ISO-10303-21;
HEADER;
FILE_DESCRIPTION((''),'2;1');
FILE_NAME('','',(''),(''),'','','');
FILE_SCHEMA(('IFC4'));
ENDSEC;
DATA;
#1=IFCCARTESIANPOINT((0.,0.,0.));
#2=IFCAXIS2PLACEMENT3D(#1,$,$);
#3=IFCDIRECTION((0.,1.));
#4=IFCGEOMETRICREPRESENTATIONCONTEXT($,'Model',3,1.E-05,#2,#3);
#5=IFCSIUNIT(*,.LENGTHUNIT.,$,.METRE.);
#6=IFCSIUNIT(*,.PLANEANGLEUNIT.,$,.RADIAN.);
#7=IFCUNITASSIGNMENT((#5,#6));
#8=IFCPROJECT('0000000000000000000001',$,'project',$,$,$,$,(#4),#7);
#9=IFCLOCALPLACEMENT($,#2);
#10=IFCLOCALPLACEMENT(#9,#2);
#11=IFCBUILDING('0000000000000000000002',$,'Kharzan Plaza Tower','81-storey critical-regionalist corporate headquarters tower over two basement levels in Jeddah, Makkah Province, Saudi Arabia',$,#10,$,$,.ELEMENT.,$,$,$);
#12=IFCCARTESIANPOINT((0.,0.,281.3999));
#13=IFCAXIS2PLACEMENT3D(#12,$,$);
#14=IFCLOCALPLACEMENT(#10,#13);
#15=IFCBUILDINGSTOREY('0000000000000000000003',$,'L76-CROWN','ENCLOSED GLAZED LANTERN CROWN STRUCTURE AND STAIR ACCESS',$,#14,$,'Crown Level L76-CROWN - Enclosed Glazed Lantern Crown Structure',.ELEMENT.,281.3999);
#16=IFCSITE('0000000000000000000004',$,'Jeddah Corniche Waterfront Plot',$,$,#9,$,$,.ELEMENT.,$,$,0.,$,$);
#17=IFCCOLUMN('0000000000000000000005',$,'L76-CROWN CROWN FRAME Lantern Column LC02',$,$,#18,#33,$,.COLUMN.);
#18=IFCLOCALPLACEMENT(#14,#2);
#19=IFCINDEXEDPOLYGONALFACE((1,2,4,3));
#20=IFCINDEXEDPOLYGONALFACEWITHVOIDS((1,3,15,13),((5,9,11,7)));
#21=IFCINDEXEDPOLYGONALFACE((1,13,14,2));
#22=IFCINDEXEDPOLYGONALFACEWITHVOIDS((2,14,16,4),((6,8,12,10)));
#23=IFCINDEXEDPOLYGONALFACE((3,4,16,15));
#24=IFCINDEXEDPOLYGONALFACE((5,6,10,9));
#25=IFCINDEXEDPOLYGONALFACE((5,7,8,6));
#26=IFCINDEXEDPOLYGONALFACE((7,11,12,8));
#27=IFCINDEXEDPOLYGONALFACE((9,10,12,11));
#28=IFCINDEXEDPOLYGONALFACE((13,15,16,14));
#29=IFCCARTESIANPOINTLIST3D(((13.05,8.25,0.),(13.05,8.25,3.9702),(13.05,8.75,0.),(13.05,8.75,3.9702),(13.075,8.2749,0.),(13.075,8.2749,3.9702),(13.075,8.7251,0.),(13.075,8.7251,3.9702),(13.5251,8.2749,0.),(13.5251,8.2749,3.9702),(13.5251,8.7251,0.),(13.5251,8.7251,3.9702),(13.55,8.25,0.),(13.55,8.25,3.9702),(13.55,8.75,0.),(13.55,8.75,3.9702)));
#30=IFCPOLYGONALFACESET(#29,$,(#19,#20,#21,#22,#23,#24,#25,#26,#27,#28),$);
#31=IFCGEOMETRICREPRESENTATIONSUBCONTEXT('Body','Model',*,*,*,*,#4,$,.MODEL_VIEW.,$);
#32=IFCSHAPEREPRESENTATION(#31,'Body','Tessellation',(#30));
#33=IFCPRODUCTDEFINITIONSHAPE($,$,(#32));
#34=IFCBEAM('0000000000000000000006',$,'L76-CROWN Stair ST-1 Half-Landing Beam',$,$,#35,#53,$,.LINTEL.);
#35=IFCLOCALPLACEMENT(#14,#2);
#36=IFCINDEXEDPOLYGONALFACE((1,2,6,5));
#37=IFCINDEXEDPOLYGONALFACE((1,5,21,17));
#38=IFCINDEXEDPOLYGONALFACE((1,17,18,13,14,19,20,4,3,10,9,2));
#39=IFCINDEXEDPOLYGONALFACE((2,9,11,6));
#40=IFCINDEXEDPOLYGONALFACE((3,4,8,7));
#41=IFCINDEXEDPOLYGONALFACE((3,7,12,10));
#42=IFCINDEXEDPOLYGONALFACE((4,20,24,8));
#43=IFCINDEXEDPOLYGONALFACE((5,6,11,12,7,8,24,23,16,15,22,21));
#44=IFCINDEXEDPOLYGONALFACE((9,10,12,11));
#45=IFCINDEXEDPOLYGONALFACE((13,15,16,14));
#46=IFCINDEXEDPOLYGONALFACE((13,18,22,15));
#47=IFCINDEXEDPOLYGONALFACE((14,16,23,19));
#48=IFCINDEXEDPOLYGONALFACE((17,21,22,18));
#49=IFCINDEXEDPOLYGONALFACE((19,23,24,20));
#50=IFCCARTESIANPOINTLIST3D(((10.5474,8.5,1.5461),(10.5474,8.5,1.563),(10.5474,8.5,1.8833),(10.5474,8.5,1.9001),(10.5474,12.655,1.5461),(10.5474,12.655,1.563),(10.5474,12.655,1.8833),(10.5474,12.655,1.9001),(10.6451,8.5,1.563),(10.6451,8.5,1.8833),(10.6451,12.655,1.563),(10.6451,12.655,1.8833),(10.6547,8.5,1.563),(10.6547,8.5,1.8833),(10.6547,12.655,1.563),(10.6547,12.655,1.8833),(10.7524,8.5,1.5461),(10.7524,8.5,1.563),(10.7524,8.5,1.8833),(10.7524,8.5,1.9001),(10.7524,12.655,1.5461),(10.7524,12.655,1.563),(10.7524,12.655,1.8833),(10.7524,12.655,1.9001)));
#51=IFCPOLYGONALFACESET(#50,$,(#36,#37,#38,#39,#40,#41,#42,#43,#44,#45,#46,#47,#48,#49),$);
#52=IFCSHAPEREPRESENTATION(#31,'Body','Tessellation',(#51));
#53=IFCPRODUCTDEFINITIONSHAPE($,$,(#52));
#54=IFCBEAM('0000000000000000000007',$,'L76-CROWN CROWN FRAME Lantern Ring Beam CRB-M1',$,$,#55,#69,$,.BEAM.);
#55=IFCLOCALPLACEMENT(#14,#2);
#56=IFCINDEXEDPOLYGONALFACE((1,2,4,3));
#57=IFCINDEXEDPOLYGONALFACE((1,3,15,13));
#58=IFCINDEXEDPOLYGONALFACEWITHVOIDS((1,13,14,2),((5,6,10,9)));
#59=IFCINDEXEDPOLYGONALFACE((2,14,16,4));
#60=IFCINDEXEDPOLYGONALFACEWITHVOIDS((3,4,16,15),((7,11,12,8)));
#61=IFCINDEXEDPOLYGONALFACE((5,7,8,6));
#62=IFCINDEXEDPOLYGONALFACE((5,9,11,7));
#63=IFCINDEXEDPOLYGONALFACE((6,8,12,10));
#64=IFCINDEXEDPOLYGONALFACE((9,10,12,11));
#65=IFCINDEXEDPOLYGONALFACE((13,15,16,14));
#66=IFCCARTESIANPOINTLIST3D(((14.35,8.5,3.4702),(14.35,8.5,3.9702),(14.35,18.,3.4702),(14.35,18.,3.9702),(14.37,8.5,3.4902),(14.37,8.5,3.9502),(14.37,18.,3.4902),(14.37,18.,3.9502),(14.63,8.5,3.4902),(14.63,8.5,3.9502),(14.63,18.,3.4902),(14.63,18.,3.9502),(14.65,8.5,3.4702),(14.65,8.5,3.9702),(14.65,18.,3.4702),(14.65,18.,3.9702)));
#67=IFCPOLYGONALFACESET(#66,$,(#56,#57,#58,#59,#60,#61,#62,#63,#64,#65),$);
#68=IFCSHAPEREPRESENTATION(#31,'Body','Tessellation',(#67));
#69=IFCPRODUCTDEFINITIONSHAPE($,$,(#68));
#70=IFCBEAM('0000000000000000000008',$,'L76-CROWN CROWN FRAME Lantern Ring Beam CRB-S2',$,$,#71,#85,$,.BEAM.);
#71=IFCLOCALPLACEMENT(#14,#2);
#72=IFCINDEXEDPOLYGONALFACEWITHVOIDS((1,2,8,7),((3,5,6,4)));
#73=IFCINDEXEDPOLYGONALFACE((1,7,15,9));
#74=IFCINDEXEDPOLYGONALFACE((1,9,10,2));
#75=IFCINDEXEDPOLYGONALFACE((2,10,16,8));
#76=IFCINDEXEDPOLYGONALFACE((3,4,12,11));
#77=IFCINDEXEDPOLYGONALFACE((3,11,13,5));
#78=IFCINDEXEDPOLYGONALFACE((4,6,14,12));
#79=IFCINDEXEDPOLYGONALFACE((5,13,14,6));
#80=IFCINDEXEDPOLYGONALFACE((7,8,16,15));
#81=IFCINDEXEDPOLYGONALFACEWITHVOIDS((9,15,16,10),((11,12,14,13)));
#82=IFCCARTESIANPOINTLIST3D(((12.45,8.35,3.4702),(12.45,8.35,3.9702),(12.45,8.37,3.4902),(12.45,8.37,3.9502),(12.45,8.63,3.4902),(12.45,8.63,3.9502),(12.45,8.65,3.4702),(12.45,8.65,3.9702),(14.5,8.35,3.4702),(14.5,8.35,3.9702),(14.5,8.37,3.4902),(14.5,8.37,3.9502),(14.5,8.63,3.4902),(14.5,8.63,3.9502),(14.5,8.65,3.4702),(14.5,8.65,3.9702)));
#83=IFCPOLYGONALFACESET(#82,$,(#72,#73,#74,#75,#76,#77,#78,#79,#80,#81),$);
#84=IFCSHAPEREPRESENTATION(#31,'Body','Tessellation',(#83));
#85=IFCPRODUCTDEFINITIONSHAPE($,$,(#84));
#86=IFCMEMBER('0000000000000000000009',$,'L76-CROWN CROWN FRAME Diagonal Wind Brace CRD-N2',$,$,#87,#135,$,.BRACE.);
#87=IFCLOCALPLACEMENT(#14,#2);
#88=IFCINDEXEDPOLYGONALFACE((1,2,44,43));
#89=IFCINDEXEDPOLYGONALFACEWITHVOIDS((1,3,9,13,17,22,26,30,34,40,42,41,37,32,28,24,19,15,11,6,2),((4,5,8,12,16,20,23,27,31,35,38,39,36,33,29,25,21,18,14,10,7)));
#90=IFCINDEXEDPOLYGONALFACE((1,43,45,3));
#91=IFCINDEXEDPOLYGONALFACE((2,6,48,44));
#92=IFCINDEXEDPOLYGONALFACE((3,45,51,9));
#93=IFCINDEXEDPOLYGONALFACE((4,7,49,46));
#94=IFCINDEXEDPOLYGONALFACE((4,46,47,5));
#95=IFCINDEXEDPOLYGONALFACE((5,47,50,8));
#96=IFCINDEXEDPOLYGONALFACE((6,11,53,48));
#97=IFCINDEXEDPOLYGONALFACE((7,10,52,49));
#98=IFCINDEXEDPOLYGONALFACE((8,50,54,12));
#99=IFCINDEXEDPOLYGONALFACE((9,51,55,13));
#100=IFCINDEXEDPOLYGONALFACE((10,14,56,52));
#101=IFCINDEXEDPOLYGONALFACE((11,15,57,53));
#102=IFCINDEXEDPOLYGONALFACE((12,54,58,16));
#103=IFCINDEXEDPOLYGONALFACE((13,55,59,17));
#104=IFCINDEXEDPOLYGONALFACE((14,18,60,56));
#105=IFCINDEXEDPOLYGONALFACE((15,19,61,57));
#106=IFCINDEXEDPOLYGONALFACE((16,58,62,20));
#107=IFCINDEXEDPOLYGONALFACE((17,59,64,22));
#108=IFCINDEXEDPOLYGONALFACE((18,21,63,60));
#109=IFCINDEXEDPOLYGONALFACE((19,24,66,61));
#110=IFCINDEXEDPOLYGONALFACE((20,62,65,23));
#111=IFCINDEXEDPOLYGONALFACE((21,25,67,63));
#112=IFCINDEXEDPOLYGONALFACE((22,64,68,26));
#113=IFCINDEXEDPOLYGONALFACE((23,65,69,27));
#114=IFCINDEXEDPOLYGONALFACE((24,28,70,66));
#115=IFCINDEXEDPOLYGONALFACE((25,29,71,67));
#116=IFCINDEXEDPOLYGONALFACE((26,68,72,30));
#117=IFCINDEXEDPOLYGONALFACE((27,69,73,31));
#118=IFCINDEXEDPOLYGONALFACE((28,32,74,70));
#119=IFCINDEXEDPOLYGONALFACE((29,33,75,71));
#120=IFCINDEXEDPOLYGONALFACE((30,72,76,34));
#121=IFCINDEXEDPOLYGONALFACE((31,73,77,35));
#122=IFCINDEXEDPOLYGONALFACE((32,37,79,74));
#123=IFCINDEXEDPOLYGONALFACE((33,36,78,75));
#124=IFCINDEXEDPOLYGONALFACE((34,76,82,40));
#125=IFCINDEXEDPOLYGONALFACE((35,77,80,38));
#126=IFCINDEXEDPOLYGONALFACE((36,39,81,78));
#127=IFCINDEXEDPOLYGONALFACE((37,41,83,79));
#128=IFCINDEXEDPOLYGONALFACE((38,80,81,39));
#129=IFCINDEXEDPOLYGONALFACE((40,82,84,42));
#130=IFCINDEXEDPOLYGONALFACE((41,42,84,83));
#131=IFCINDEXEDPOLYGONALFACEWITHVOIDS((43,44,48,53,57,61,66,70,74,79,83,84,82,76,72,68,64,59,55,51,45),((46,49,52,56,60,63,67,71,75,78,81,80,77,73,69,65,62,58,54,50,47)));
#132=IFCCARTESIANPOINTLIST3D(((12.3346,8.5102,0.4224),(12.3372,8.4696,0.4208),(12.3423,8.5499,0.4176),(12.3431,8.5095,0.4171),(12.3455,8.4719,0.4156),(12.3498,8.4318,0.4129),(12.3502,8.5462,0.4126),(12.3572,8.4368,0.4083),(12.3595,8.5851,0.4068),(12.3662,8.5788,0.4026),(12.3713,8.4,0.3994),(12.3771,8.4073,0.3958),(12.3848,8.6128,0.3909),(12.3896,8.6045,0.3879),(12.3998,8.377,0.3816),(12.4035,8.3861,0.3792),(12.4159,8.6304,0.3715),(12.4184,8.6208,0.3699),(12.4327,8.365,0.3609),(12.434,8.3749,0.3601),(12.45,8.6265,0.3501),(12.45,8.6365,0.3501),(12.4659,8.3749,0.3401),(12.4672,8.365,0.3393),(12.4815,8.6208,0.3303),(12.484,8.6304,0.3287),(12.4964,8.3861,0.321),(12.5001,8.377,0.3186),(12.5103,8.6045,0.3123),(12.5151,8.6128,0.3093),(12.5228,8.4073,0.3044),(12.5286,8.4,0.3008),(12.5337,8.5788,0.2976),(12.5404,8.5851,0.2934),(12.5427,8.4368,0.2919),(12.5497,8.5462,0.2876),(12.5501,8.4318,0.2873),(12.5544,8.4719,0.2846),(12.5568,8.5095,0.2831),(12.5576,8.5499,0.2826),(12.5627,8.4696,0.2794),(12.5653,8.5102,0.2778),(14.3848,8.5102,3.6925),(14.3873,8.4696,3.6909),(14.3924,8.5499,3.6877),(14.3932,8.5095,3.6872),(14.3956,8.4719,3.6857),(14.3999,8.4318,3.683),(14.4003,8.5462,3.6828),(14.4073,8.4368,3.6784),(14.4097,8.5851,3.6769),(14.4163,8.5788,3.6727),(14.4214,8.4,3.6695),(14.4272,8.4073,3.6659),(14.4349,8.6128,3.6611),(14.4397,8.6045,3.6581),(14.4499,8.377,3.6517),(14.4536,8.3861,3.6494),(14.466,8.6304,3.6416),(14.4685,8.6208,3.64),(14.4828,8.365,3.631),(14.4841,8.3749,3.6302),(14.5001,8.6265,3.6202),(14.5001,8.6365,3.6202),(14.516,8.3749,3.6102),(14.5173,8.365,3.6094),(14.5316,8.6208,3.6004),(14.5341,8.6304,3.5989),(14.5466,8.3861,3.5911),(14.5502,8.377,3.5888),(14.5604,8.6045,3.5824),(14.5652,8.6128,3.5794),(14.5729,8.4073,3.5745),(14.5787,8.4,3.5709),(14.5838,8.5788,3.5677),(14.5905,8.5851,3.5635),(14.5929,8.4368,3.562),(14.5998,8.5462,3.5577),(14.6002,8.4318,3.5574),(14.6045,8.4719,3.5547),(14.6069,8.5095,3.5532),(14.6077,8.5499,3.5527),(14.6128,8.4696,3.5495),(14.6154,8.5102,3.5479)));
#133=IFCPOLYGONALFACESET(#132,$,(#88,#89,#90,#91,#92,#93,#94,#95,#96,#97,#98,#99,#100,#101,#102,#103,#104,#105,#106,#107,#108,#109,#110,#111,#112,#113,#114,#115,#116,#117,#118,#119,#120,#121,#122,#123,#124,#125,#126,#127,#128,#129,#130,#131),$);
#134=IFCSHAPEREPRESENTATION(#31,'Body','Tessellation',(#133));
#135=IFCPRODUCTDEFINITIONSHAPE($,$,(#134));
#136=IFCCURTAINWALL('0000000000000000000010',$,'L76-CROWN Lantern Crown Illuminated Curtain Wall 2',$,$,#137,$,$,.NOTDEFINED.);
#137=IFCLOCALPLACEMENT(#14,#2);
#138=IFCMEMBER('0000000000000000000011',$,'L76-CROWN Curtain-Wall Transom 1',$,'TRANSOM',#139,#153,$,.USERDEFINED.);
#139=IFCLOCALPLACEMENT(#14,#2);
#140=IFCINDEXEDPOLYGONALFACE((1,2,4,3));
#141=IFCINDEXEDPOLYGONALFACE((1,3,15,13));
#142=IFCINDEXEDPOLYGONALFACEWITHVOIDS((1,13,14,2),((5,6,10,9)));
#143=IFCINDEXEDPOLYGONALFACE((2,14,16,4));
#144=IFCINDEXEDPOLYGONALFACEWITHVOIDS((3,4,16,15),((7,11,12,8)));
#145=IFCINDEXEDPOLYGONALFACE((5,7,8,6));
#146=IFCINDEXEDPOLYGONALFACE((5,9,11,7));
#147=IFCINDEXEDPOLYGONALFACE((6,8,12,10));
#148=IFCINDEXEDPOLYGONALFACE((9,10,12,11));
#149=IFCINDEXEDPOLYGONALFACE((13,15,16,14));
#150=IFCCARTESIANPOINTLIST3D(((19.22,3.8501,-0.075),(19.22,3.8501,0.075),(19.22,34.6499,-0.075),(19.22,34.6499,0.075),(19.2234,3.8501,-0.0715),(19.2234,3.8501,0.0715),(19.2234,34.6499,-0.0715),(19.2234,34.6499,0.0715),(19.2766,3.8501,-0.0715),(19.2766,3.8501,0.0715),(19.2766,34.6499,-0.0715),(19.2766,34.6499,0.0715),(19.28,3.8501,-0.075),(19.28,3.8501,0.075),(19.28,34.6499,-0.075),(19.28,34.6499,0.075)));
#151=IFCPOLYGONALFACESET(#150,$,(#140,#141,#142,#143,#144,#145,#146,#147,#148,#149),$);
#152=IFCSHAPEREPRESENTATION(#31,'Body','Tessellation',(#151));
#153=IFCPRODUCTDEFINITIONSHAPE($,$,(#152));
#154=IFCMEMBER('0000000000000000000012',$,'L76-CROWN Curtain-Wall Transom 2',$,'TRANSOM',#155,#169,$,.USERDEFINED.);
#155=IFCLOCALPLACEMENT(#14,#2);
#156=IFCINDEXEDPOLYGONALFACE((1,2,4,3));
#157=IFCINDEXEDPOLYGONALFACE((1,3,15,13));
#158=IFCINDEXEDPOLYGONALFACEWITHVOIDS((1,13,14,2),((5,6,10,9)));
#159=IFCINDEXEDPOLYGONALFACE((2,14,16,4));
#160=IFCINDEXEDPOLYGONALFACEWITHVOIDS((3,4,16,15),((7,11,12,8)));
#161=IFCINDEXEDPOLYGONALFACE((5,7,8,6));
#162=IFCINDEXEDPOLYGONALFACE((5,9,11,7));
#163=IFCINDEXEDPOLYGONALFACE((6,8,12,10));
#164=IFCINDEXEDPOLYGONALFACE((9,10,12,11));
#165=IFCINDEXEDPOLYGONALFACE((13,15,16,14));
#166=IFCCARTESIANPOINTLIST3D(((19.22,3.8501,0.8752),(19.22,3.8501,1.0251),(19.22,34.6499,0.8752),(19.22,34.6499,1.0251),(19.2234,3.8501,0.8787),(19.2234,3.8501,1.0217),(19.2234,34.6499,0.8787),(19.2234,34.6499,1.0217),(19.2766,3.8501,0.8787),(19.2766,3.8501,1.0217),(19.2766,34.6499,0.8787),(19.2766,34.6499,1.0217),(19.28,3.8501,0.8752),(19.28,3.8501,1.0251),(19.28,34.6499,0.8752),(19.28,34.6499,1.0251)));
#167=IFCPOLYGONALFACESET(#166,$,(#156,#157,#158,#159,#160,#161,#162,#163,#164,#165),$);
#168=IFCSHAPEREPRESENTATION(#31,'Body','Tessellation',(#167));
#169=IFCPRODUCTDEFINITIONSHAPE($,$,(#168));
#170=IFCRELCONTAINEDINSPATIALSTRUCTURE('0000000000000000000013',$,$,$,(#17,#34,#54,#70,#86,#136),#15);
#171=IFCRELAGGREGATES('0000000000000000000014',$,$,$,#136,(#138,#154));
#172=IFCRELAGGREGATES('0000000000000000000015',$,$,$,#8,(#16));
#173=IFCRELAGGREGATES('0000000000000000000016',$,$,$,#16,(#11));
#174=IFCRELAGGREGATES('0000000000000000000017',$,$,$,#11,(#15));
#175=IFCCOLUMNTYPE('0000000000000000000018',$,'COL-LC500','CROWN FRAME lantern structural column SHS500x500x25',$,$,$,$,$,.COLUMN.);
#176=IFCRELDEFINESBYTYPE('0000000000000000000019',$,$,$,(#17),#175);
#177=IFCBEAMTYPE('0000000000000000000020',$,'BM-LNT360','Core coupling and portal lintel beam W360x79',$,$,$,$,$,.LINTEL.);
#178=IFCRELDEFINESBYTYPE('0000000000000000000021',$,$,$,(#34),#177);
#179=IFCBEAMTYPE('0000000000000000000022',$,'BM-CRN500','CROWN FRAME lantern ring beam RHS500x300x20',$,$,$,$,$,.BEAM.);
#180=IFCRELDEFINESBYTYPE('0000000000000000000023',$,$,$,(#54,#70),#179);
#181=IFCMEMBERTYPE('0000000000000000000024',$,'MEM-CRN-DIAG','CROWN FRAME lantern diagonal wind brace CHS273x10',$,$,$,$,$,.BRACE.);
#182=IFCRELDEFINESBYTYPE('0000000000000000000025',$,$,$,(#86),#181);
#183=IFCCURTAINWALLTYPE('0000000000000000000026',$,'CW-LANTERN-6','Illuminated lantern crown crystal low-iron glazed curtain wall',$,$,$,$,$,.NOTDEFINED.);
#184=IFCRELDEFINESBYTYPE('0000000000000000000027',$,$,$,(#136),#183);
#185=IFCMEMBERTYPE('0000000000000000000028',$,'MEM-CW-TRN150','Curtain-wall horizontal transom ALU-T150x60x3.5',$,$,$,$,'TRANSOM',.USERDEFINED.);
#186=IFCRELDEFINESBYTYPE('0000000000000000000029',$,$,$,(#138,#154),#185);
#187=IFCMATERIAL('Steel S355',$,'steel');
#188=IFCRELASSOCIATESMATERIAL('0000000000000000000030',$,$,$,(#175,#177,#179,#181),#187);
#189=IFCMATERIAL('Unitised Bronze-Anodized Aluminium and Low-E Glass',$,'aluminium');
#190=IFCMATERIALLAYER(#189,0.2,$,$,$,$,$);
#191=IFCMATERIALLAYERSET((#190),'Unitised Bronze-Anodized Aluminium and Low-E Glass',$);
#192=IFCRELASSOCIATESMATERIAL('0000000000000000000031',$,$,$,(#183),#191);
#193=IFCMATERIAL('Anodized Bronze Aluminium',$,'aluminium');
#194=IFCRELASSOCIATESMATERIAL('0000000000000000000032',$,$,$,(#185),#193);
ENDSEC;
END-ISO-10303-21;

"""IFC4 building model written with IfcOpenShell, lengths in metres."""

from ifc_helpers import new_model, si_unit, direction, frame, origin, origin_2d, place, context, subcontext, project, spatial, hollow_rectangle, hollow_circle, i_section, extrude, source, transform, mapped, material, layer, layer_set, material_profile, profile_set, type_object, element, aggregate, save


model = new_model("IFC4")

# Units and contexts
model_context = context("Model", 3, precision=1e-05, world=origin(), true_north=direction((0.0, 1.0)))
body_context = subcontext(model_context, "Body", "Model", "MODEL_VIEW")
ifc_project = project(units=[si_unit("LENGTHUNIT", "METRE"), si_unit("PLANEANGLEUNIT", "RADIAN")], contexts=[model_context])

# Site, building, storey
site_placement = place(None, origin())
site = spatial("IfcSite", under=ifc_project, at=site_placement, Name="Jeddah Corniche Waterfront Plot", CompositionType="ELEMENT", RefElevation=0.0)
building_placement = place(site_placement, origin())
building = spatial("IfcBuilding", under=site, at=building_placement, Name="Kharzan Plaza Tower", Description="81-storey critical-regionalist corporate headquarters tower over two basement levels in Jeddah, Makkah Province, Saudi Arabia", CompositionType="ELEMENT")
storey_placement = place(building_placement, frame((0.0, 0.0, 281.3999)))
storey = spatial("IfcBuildingStorey", under=building, at=storey_placement, Name="L76-CROWN", Description="ENCLOSED GLAZED LANTERN CROWN STRUCTURE AND STAIR ACCESS", LongName="Crown Level L76-CROWN - Enclosed Glazed Lantern Crown Structure", CompositionType="ELEMENT", Elevation=281.3999)

# Column
ifc_material_1 = material(Name="Steel S355", Category="steel")
ifc_material_profile_1 = material_profile(ifc_material_1, hollow_rectangle(XDim=0.5, YDim=0.5, WallThickness=0.0249, at=origin_2d()), Name="SHS500x500x25")
ifc_profile_set_1 = profile_set([ifc_material_profile_1], Name="Steel S355")
column_type = type_object("IfcColumnType", Name="COL-LC500", Description="CROWN FRAME lantern structural column SHS500x500x25", PredefinedType="COLUMN", material=ifc_profile_set_1)
shared_shape_1 = source(origin(), body_context, "Body", "SweptSolid", [
    extrude(hollow_rectangle(XDim=0.5, YDim=0.5, WallThickness=0.0249, at=origin_2d()), origin(), (0.0, 0.0, 1.0), 3.9702),
])
column_placement = place(storey_placement, frame((13.3, 8.5, 0.0), z_axis=(0.0, 0.0, 1.0), x_axis=(1.0, 0.0, 0.0)))
element("IfcColumn", 1, at=column_placement, inside=storey, type_object=column_type, Name="L76-CROWN CROWN FRAME Lantern Column LC02", PredefinedType="COLUMN", context=body_context, shape_type="MappedRepresentation", body=[
    mapped(shared_shape_1, transform((0.0, 0.0, 0.0), x_axis=(1.0, 0.0, 0.0), y_axis=(0.0, 1.0, 0.0), z_axis=(0.0, 0.0, 1.0))),
])

# Beams
ifc_material_profile_2 = material_profile(ifc_material_1, i_section(OverallWidth=0.2051, OverallDepth=0.354, WebThickness=0.0095, FlangeThickness=0.0168, at=origin_2d()), Name="W360x79")
ifc_profile_set_2 = profile_set([ifc_material_profile_2], Name="Steel S355")
beam_type_1 = type_object("IfcBeamType", Name="BM-LNT360", Description="Core coupling and portal lintel beam W360x79", PredefinedType="LINTEL", material=ifc_profile_set_2)
shared_shape_2 = source(origin(), body_context, "Body", "SweptSolid", [
    extrude(i_section(OverallWidth=0.2051, OverallDepth=0.354, WebThickness=0.0095, FlangeThickness=0.0168, at=origin_2d()), origin(), (0.0, 0.0, 1.0), 4.155),
])
beam_1_placement = place(storey_placement, frame((10.6499, 8.5, 1.7231), z_axis=(0.0, 1.0, 0.0), x_axis=(-1.0, 0.0, 0.0)))
element("IfcBeam", 2, at=beam_1_placement, inside=storey, type_object=beam_type_1, Name="L76-CROWN Stair ST-1 Half-Landing Beam", PredefinedType="LINTEL", context=body_context, shape_type="MappedRepresentation", body=[
    mapped(shared_shape_2, transform((0.0, 0.0, 0.0), x_axis=(1.0, 0.0, 0.0), y_axis=(0.0, 1.0, 0.0), z_axis=(0.0, 0.0, 1.0))),
])
ifc_material_profile_3 = material_profile(ifc_material_1, hollow_rectangle(XDim=0.3, YDim=0.5, WallThickness=0.02, at=origin_2d()), Name="RHS500x300x20")
ifc_profile_set_3 = profile_set([ifc_material_profile_3], Name="Steel S355")
beam_type_2 = type_object("IfcBeamType", Name="BM-CRN500", Description="CROWN FRAME lantern ring beam RHS500x300x20", PredefinedType="BEAM", material=ifc_profile_set_3)
shared_shape_3 = source(origin(), body_context, "Body", "SweptSolid", [
    extrude(hollow_rectangle(XDim=0.3, YDim=0.5, WallThickness=0.02, at=origin_2d()), origin(), (0.0, 0.0, 1.0), 9.5),
])
beam_2_placement = place(storey_placement, frame((14.5, 8.5, 3.7202), z_axis=(0.0, 1.0, 0.0), x_axis=(-1.0, 0.0, 0.0)))
element("IfcBeam", 3, at=beam_2_placement, inside=storey, type_object=beam_type_2, Name="L76-CROWN CROWN FRAME Lantern Ring Beam CRB-M1", PredefinedType="BEAM", context=body_context, shape_type="MappedRepresentation", body=[
    mapped(shared_shape_3, transform((0.0, 0.0, 0.0), x_axis=(1.0, 0.0, 0.0), y_axis=(0.0, 1.0, 0.0), z_axis=(0.0, 0.0, 1.0))),
])
shared_shape_4 = source(origin(), body_context, "Body", "SweptSolid", [
    extrude(hollow_rectangle(XDim=0.3, YDim=0.5, WallThickness=0.02, at=origin_2d()), origin(), (0.0, 0.0, 1.0), 2.05),
])
beam_3_placement = place(storey_placement, frame((12.45, 8.5, 3.7202), z_axis=(1.0, 0.0, 0.0), x_axis=(0.0, 1.0, 0.0)))
element("IfcBeam", 4, at=beam_3_placement, inside=storey, type_object=beam_type_2, Name="L76-CROWN CROWN FRAME Lantern Ring Beam CRB-S2", PredefinedType="BEAM", context=body_context, shape_type="MappedRepresentation", body=[
    mapped(shared_shape_4, transform((0.0, 0.0, 0.0), x_axis=(1.0, 0.0, 0.0), y_axis=(0.0, 1.0, 0.0), z_axis=(0.0, 0.0, 1.0))),
])

# Member
ifc_material_profile_4 = material_profile(ifc_material_1, hollow_circle(Radius=0.1365, WallThickness=0.01, at=origin_2d()), Name="CHS273x10")
ifc_profile_set_4 = profile_set([ifc_material_profile_4], Name="Steel S355")
member_type_1 = type_object("IfcMemberType", Name="MEM-CRN-DIAG", Description="CROWN FRAME lantern diagonal wind brace CHS273x10", PredefinedType="BRACE", material=ifc_profile_set_4)
shared_shape_5 = source(origin(), body_context, "Body", "SweptSolid", [
    extrude(hollow_circle(Radius=0.1365, WallThickness=0.01, at=origin_2d()), origin(), (0.0, 0.0, 1.0), 3.8596),
])
member_1_placement = place(storey_placement, frame((12.45, 8.5, 0.3501), z_axis=(0.53117, 0.0, 0.847265), x_axis=(0.0, 1.0, 0.0)))
element("IfcMember", 5, at=member_1_placement, inside=storey, type_object=member_type_1, Name="L76-CROWN CROWN FRAME Diagonal Wind Brace CRD-N2", PredefinedType="BRACE", context=body_context, shape_type="MappedRepresentation", body=[
    mapped(shared_shape_5, transform((0.0, 0.0, 0.0), x_axis=(1.0, 0.0, 0.0), y_axis=(0.0, 1.0, 0.0), z_axis=(0.0, 0.0, 1.0))),
])

# Curtain wall, members
ifc_material_2 = material(Name="Unitised Bronze-Anodized Aluminium and Low-E Glass", Category="aluminium")
ifc_layer_1 = layer(ifc_material_2, 0.2)
ifc_layer_set_1 = layer_set([ifc_layer_1], Name="Unitised Bronze-Anodized Aluminium and Low-E Glass")
curtain_wall_type = type_object("IfcCurtainWallType", Name="CW-LANTERN-6", Description="Illuminated lantern crown crystal low-iron glazed curtain wall", PredefinedType="NOTDEFINED", material=ifc_layer_set_1)
curtain_wall_1_placement = place(storey_placement, origin())
curtain_wall_1 = element("IfcCurtainWall", 6, at=curtain_wall_1_placement, inside=storey, type_object=curtain_wall_type, Name="L76-CROWN Lantern Crown Illuminated Curtain Wall 2", PredefinedType="NOTDEFINED")
ifc_material_3 = material(Name="Anodized Bronze Aluminium", Category="aluminium")
ifc_material_profile_5 = material_profile(ifc_material_3, hollow_rectangle(XDim=0.0601, YDim=0.1499, WallThickness=0.0034, at=origin_2d()), Name="ALU-T150x60x3.5")
ifc_profile_set_5 = profile_set([ifc_material_profile_5], Name="Anodized Bronze Aluminium")
member_type_2 = type_object("IfcMemberType", Name="MEM-CW-TRN150", Description="Curtain-wall horizontal transom ALU-T150x60x3.5", ElementType="TRANSOM", PredefinedType="USERDEFINED", material=ifc_profile_set_5)
shared_shape_6 = source(origin(), body_context, "Body", "SweptSolid", [
    extrude(hollow_rectangle(XDim=0.0601, YDim=0.1499, WallThickness=0.0034, at=origin_2d()), origin(), (0.0, 0.0, 1.0), 30.7998),
])
member_2_placement = place(storey_placement, frame((19.25, 3.8501, 0.0), z_axis=(0.0, 1.0, 0.0), x_axis=(-1.0, 0.0, 0.0)))
member_2 = element("IfcMember", 7, at=member_2_placement, type_object=member_type_2, Name="L76-CROWN Curtain-Wall Transom 1", ObjectType="TRANSOM", PredefinedType="USERDEFINED", context=body_context, shape_type="MappedRepresentation", body=[
    mapped(shared_shape_6, transform((0.0, 0.0, 0.0), x_axis=(1.0, 0.0, 0.0), y_axis=(0.0, 1.0, 0.0), z_axis=(0.0, 0.0, 1.0))),
])
member_3_placement = place(storey_placement, frame((19.25, 3.8501, 0.9502), z_axis=(0.0, 1.0, 0.0), x_axis=(-1.0, 0.0, 0.0)))
member_3 = element("IfcMember", 8, at=member_3_placement, type_object=member_type_2, Name="L76-CROWN Curtain-Wall Transom 2", ObjectType="TRANSOM", PredefinedType="USERDEFINED", context=body_context, shape_type="MappedRepresentation", body=[
    mapped(shared_shape_6, transform((0.0, 0.0, 0.0), x_axis=(1.0, 0.0, 0.0), y_axis=(0.0, 1.0, 0.0), z_axis=(0.0, 0.0, 1.0))),
])

aggregate(curtain_wall_1, [member_2, member_3])

save(model, "model.ifc")
